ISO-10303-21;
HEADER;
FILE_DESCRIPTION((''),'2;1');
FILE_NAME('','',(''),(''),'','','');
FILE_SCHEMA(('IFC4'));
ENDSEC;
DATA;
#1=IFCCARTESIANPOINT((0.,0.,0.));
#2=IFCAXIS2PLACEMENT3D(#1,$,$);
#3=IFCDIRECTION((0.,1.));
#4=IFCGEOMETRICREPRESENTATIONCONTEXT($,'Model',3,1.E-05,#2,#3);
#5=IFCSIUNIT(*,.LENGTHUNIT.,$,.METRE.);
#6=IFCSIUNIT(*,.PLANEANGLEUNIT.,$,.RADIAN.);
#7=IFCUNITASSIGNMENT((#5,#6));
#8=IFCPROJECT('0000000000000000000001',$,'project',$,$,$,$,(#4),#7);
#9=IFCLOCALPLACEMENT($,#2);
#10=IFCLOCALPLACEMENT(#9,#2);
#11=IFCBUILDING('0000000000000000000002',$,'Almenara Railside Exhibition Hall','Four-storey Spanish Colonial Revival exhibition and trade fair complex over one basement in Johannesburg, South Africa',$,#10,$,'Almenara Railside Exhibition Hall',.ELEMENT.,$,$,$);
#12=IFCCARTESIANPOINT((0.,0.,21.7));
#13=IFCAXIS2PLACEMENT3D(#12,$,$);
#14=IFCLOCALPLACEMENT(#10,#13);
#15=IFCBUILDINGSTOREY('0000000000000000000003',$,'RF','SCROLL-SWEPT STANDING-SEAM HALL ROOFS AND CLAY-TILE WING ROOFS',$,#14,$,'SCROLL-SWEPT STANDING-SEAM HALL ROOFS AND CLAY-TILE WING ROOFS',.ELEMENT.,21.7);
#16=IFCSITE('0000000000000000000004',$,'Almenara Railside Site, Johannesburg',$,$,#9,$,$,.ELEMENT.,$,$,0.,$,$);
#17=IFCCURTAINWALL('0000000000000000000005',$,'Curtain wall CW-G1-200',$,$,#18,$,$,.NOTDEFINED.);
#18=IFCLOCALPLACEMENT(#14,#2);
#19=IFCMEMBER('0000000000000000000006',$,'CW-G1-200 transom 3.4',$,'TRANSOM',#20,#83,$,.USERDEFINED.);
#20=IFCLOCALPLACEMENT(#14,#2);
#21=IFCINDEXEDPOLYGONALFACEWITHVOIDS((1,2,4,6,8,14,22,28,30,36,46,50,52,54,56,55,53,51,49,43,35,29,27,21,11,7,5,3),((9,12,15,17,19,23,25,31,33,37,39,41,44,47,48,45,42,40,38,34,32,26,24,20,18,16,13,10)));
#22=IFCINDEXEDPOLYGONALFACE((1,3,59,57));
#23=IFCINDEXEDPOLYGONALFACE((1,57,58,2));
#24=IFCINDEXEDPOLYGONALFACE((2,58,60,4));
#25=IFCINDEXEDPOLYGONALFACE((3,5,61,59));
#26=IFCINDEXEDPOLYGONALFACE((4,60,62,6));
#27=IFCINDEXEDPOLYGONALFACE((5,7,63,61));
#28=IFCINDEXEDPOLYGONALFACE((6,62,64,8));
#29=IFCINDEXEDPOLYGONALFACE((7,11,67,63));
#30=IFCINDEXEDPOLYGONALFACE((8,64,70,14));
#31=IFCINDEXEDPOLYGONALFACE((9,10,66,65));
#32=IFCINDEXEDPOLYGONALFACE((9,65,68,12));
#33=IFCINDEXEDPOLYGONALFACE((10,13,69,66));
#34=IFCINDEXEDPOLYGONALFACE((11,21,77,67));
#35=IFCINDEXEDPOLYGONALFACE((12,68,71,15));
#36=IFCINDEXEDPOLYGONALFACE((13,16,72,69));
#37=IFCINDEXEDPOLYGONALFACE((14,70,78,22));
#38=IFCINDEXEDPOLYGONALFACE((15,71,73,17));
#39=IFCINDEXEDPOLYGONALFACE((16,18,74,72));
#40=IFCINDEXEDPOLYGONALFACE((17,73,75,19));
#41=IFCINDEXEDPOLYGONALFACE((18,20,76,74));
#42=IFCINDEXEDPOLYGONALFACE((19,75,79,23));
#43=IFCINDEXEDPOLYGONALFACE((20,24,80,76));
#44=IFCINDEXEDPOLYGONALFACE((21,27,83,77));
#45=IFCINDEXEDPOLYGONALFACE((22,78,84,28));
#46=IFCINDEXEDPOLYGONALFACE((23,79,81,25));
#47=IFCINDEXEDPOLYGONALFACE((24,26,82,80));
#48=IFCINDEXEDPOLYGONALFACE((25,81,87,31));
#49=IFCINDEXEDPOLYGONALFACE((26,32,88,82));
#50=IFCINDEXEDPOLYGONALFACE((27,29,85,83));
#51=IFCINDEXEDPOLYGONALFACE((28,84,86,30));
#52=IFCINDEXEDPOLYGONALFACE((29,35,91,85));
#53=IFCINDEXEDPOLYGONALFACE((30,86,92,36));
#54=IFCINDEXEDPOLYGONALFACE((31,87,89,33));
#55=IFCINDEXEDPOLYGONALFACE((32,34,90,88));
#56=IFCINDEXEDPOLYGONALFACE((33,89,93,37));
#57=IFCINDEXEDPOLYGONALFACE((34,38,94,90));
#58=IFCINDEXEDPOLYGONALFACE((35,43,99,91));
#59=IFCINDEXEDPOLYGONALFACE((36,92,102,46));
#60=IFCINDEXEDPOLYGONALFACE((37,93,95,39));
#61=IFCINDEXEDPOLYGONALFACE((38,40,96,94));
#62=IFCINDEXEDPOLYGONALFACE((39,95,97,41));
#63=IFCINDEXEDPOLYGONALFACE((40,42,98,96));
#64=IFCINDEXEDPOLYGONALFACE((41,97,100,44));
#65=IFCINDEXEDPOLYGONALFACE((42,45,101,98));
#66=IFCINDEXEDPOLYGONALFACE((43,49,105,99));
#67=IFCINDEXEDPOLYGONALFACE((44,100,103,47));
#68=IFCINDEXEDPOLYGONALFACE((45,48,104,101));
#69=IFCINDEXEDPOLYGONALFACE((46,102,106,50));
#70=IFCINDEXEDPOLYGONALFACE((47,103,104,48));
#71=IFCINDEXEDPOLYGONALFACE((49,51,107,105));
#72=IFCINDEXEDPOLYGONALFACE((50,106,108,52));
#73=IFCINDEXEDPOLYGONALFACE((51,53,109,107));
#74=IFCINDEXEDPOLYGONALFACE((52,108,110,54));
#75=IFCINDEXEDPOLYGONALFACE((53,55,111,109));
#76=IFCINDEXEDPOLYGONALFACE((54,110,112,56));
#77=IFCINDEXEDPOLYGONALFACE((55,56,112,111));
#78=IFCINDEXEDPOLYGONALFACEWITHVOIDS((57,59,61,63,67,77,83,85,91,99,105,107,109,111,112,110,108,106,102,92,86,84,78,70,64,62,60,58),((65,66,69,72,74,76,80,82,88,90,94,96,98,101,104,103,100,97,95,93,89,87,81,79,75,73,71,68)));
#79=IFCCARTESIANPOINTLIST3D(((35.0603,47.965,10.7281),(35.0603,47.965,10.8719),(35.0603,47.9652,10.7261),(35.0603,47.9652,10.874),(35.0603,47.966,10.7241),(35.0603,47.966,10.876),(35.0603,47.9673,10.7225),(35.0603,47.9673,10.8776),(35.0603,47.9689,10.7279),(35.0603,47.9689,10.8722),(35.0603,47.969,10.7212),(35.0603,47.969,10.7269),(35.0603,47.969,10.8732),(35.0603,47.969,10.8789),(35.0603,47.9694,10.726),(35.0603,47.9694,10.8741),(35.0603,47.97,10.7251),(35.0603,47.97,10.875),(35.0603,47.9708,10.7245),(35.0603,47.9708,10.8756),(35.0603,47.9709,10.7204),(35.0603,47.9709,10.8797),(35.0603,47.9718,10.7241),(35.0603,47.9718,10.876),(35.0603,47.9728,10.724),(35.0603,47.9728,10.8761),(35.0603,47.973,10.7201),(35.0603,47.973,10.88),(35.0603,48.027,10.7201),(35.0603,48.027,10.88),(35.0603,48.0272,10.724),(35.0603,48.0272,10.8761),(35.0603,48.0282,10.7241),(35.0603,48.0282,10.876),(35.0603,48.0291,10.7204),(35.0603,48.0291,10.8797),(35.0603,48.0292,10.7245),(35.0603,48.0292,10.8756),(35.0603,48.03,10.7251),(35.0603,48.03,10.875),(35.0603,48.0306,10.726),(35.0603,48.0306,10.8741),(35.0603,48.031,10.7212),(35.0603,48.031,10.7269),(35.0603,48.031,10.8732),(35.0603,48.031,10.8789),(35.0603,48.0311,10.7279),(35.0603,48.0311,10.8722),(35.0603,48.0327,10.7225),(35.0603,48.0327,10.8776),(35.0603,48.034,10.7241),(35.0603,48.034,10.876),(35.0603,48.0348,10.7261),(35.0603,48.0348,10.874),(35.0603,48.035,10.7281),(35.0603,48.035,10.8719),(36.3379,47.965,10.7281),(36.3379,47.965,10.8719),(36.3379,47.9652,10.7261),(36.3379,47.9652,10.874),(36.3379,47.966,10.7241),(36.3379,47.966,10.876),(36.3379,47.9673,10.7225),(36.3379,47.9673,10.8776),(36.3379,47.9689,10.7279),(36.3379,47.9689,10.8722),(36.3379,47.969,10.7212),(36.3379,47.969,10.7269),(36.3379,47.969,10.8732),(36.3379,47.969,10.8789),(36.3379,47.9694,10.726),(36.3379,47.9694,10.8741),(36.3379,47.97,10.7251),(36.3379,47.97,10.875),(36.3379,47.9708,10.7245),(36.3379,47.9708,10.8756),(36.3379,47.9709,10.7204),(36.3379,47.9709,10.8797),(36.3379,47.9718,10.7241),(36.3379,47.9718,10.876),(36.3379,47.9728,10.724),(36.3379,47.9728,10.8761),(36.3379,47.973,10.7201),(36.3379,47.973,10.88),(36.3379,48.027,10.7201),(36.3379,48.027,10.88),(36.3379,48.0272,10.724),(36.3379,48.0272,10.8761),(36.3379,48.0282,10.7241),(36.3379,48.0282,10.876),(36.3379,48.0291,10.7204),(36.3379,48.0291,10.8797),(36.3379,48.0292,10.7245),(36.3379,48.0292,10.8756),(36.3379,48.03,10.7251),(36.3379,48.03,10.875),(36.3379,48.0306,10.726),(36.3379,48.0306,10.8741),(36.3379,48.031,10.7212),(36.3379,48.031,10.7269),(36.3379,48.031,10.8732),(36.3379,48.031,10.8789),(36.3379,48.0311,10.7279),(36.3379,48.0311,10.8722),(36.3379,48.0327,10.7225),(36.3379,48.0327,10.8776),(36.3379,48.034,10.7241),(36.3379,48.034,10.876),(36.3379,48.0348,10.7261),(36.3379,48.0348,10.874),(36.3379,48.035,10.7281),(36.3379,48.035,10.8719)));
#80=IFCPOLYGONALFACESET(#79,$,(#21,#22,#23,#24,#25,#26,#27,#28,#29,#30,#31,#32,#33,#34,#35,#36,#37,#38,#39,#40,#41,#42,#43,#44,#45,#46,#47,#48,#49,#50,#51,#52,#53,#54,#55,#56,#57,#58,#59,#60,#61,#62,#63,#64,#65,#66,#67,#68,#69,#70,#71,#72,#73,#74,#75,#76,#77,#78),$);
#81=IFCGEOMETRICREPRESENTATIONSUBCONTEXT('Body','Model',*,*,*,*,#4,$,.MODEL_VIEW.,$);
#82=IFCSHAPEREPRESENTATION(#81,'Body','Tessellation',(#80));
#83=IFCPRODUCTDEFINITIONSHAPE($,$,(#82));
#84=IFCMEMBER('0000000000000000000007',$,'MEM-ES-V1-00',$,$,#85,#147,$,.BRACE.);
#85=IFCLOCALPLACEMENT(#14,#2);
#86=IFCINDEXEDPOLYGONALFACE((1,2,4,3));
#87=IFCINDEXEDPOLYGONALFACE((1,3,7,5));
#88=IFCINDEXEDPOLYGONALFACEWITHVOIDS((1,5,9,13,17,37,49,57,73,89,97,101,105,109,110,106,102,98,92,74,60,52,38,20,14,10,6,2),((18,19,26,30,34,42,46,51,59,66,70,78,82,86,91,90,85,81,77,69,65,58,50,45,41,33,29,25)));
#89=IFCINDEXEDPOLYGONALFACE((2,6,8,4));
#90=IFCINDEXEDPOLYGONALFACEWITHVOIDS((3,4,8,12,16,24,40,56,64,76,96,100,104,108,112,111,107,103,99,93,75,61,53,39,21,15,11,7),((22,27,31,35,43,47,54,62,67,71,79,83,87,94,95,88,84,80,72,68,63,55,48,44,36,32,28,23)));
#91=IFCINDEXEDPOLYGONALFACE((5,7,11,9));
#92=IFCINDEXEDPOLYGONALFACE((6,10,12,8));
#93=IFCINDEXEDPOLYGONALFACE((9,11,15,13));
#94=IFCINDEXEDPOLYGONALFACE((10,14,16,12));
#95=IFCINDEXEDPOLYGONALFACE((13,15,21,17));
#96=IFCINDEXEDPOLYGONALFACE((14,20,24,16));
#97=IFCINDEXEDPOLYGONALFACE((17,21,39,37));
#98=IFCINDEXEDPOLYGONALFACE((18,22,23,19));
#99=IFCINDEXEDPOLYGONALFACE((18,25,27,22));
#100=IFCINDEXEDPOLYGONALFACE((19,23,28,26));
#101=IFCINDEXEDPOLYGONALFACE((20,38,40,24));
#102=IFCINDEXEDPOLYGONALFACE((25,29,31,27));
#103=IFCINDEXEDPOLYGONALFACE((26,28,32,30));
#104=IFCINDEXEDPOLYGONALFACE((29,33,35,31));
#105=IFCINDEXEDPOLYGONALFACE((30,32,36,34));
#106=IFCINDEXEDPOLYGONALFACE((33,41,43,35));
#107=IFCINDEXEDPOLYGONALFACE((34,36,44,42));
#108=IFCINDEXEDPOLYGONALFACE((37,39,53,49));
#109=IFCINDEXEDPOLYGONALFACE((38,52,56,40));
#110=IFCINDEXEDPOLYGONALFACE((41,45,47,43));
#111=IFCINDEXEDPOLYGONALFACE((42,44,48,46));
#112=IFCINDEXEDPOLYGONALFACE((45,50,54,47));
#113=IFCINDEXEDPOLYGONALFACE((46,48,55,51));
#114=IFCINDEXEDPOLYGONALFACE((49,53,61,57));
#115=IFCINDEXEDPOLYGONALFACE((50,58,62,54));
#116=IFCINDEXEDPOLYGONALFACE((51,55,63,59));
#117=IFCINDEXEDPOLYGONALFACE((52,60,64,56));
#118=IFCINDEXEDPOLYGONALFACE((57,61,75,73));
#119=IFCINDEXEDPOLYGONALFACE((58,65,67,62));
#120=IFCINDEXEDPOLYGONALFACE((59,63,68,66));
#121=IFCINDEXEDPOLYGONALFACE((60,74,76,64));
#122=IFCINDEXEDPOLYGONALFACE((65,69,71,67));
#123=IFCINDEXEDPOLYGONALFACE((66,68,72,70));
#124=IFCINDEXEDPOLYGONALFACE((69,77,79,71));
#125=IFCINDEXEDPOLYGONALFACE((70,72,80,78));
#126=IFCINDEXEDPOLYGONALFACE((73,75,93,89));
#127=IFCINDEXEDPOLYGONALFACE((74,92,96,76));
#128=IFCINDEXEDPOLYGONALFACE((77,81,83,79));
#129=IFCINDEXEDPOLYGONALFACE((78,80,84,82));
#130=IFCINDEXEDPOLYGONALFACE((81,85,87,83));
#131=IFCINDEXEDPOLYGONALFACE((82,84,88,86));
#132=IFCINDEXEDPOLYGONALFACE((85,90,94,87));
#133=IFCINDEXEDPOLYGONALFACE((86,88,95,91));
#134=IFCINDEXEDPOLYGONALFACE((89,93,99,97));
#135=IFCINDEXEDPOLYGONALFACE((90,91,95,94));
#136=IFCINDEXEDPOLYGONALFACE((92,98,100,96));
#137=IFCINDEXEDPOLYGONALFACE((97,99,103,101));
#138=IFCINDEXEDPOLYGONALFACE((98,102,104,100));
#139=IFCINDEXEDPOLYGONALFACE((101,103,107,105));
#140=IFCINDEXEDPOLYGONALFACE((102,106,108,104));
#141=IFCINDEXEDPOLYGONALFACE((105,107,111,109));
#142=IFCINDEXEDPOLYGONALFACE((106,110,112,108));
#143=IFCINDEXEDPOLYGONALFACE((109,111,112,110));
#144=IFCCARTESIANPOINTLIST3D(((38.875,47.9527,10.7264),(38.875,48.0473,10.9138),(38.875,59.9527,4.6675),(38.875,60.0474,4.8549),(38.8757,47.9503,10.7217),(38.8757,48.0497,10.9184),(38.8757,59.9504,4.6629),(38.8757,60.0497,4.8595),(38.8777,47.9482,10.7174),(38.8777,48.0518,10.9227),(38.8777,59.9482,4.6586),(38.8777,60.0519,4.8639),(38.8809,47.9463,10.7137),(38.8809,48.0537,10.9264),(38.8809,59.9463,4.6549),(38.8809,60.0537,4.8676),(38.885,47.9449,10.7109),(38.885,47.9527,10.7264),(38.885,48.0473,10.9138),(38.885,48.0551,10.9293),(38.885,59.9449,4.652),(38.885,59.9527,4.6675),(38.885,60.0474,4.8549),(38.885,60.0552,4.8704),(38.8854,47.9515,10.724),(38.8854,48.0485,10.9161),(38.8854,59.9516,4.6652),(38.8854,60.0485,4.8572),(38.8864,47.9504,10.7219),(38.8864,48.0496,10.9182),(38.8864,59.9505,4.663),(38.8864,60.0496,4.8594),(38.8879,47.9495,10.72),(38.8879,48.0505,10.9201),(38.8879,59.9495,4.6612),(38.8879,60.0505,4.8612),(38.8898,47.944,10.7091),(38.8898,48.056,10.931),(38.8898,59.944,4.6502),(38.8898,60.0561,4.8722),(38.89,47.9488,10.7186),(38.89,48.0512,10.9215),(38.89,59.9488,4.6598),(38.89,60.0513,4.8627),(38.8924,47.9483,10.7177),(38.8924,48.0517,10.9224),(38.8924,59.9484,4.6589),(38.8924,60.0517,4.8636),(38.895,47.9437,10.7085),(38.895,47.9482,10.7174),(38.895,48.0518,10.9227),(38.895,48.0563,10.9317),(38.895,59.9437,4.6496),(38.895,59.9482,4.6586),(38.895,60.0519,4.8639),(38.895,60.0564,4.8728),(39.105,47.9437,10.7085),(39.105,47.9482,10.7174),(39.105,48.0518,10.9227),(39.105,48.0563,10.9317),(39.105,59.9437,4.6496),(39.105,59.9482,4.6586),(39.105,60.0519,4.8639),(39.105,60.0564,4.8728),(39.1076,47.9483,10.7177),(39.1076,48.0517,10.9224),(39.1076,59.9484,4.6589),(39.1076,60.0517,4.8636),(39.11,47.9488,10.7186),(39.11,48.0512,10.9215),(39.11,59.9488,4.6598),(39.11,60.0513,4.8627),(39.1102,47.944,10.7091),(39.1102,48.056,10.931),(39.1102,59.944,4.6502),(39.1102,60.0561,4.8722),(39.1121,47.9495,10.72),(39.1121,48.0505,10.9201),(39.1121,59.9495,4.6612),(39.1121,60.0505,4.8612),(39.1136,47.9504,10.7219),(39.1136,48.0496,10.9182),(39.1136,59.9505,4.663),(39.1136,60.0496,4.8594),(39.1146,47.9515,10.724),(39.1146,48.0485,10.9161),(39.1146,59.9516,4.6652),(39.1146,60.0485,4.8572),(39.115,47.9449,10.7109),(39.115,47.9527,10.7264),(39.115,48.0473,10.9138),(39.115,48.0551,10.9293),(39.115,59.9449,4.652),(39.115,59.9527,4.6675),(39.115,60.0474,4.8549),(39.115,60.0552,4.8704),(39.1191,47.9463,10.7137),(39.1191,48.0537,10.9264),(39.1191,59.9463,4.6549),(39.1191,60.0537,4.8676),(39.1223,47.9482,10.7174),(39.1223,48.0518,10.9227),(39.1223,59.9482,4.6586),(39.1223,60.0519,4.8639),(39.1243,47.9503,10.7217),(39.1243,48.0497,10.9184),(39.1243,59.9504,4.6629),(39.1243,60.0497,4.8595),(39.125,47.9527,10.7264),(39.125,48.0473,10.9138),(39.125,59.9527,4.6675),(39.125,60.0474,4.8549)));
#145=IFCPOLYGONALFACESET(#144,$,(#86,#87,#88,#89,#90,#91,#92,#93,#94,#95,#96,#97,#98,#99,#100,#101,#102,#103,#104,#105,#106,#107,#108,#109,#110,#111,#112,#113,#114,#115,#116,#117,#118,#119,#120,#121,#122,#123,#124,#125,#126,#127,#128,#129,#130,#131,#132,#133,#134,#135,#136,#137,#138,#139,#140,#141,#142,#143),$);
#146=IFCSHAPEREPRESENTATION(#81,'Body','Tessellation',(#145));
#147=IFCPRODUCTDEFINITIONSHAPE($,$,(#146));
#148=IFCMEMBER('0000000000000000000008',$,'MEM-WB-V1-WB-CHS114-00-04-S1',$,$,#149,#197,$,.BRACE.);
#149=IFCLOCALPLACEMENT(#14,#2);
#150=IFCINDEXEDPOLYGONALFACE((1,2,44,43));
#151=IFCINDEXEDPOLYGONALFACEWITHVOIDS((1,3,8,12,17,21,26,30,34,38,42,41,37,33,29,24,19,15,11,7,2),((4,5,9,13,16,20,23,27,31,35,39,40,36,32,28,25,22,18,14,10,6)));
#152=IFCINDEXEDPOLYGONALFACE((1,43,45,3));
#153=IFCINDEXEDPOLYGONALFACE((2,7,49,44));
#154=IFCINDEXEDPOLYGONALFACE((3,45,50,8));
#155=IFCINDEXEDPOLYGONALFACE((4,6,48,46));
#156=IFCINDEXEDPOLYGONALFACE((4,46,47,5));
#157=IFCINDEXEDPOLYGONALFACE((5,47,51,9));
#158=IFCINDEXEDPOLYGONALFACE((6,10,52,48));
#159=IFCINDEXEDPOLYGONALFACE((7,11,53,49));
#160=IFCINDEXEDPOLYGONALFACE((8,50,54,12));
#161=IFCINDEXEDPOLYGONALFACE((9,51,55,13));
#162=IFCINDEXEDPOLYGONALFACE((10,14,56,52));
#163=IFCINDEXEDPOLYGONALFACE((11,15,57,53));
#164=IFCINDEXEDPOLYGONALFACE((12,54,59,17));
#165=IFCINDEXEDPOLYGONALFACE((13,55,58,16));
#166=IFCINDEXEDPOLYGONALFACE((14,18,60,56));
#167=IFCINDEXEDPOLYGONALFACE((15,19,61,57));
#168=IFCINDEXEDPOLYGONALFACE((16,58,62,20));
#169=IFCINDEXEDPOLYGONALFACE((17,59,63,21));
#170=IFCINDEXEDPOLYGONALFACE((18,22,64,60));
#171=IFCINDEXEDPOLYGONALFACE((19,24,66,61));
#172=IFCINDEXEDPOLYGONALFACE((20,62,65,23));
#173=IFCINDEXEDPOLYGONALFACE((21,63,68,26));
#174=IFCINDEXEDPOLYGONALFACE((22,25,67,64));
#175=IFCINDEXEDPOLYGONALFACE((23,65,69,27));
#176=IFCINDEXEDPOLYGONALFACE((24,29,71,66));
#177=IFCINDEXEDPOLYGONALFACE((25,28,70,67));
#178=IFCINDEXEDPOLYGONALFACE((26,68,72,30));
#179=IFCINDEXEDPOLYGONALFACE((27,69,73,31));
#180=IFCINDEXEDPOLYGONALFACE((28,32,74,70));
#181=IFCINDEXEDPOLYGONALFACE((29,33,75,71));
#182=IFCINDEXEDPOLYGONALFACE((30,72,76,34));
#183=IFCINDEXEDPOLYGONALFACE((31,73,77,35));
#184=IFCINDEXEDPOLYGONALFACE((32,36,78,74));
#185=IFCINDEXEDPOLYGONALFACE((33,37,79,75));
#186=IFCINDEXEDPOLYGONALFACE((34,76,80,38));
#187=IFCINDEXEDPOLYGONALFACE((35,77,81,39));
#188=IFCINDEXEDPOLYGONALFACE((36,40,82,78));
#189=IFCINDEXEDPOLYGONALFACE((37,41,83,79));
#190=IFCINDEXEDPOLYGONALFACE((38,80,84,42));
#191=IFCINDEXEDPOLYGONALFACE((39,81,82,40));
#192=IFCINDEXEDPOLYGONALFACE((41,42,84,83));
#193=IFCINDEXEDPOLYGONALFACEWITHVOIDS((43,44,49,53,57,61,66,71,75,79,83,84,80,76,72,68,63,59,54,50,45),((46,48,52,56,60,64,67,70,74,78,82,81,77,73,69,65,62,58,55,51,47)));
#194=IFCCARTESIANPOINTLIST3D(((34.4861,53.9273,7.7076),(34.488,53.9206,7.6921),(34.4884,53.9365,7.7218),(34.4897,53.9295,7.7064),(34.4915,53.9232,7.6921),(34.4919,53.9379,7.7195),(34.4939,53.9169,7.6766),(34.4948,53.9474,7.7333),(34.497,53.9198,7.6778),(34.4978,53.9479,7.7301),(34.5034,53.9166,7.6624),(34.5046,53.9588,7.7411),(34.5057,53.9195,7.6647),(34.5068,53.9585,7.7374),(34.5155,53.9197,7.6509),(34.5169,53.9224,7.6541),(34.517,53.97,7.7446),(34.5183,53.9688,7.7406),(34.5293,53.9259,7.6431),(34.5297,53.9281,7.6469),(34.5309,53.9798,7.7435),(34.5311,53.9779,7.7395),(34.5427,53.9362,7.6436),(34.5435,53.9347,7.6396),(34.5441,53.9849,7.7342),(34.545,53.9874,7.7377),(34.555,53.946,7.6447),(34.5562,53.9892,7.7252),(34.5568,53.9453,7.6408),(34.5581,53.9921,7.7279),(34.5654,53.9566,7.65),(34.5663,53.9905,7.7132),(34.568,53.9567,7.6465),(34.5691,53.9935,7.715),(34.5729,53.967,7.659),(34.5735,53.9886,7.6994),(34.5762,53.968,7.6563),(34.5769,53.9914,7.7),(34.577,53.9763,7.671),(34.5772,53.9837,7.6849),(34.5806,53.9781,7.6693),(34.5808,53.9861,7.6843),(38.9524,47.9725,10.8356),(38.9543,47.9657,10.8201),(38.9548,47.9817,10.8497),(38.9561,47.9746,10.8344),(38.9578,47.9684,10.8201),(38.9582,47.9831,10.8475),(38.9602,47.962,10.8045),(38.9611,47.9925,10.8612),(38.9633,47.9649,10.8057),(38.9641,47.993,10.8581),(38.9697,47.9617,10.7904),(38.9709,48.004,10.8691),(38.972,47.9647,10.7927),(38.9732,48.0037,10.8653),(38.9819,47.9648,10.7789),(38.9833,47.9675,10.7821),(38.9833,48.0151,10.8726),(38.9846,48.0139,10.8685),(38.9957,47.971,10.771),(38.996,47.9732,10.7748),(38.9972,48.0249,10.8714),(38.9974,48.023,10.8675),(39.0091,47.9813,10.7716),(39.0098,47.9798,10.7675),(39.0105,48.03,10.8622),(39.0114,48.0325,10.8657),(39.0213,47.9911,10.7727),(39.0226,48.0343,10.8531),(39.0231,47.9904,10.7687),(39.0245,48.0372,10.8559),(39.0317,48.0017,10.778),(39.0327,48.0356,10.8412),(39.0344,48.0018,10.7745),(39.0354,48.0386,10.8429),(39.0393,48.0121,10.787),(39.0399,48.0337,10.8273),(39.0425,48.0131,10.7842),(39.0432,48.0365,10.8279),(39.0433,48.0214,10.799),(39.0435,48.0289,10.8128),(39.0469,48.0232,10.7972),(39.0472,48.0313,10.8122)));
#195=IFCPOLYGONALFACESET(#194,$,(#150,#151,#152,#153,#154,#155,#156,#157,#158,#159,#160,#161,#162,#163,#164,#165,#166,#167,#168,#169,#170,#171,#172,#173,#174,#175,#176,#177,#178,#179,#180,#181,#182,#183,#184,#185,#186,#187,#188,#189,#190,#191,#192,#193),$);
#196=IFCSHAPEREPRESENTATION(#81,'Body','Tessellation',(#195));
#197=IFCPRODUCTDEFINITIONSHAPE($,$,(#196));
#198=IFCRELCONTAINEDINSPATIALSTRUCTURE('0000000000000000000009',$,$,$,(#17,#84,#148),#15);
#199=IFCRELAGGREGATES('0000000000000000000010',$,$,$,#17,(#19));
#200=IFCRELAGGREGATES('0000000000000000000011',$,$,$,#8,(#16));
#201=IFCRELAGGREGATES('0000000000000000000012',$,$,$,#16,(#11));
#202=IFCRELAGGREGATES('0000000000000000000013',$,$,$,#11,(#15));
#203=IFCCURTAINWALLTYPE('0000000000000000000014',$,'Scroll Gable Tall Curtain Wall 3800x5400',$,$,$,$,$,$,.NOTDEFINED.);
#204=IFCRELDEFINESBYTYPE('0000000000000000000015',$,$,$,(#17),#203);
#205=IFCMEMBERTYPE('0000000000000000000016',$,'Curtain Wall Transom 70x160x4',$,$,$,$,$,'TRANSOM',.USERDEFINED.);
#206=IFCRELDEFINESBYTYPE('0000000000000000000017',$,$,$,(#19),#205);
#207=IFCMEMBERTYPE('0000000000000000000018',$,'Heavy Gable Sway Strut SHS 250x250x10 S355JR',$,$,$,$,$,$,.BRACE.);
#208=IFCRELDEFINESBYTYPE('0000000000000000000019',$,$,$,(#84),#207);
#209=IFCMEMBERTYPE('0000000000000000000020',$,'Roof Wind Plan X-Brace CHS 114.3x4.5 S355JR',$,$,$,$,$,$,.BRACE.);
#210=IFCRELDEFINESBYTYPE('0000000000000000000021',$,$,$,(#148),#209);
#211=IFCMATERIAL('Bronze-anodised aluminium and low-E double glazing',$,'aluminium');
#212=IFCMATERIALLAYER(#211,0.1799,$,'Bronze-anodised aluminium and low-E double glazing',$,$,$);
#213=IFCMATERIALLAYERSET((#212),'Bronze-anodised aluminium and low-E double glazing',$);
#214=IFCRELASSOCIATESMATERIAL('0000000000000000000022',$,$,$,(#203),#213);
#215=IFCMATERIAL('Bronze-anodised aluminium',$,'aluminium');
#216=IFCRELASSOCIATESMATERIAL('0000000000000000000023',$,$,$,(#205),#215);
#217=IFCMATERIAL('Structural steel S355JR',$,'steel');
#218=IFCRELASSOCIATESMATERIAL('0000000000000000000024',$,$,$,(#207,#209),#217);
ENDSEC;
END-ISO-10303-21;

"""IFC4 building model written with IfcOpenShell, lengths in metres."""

from ifc_helpers import new_model, si_unit, direction, frame, origin, origin_2d, place, context, subcontext, project, spatial, hollow_rectangle, hollow_circle, extrude, material, layer, layer_set, material_profile, profile_set, type_object, element, aggregate, save


model = new_model("IFC4")

# Units and contexts
model_context = context("Model", 3, precision=1e-05, world=origin(), true_north=direction((0.0, 1.0)))
body_context = subcontext(model_context, "Body", "Model", "MODEL_VIEW")
ifc_project = project(units=[si_unit("LENGTHUNIT", "METRE"), si_unit("PLANEANGLEUNIT", "RADIAN")], contexts=[model_context])

# Site, building, storey
site_placement = place(None, origin())
site = spatial("IfcSite", under=ifc_project, at=site_placement, Name="Almenara Railside Site, Johannesburg", CompositionType="ELEMENT", RefElevation=0.0)
building_placement = place(site_placement, origin())
building = spatial("IfcBuilding", under=site, at=building_placement, Name="Almenara Railside Exhibition Hall", Description="Four-storey Spanish Colonial Revival exhibition and trade fair complex over one basement in Johannesburg, South Africa", LongName="Almenara Railside Exhibition Hall", CompositionType="ELEMENT")
storey_placement = place(building_placement, frame((0.0, 0.0, 21.7)))
storey = spatial("IfcBuildingStorey", under=building, at=storey_placement, Name="RF", Description="SCROLL-SWEPT STANDING-SEAM HALL ROOFS AND CLAY-TILE WING ROOFS", LongName="SCROLL-SWEPT STANDING-SEAM HALL ROOFS AND CLAY-TILE WING ROOFS", CompositionType="ELEMENT", Elevation=21.7)

# Shared definitions
ifc_material_1 = material(Name="Structural steel S355JR", Category="steel")

# Shared definitions
ifc_material_2 = material(Name="Bronze-anodised aluminium and low-E double glazing", Category="aluminium")
ifc_layer_1 = layer(ifc_material_2, 0.1799, Name="Bronze-anodised aluminium and low-E double glazing")
ifc_layer_set_1 = layer_set([ifc_layer_1], Name="Bronze-anodised aluminium and low-E double glazing")
curtain_wall_type = type_object("IfcCurtainWallType", Name="Scroll Gable Tall Curtain Wall 3800x5400", PredefinedType="NOTDEFINED", material=ifc_layer_set_1)
ifc_material_3 = material(Name="Bronze-anodised aluminium", Category="aluminium")

# Curtain wall, member
curtain_wall_1_placement = place(storey_placement, origin())
curtain_wall_1 = element("IfcCurtainWall", 1, at=curtain_wall_1_placement, inside=storey, type_object=curtain_wall_type, Name="Curtain wall CW-G1-200", PredefinedType="NOTDEFINED")
ifc_material_profile_1 = material_profile(ifc_material_3, hollow_rectangle(XDim=0.0701, YDim=0.1599, WallThickness=0.0039, InnerFilletRadius=0.0039, OuterFilletRadius=0.0081, at=origin_2d()), Name="ALU-TRN 70x160x4")
ifc_profile_set_1 = profile_set([ifc_material_profile_1], Name="Bronze-anodised aluminium")
member_type_1 = type_object("IfcMemberType", Name="Curtain Wall Transom 70x160x4", ElementType="TRANSOM", PredefinedType="USERDEFINED", material=ifc_profile_set_1)
member_1_placement = place(storey_placement, frame((35.0603, 48.0, 10.8), z_axis=(1.0, 0.0, 0.0), x_axis=(0.0, 1.0, 0.0)))
member_1 = element("IfcMember", 2, at=member_1_placement, type_object=member_type_1, Name="CW-G1-200 transom 3.4", ObjectType="TRANSOM", PredefinedType="USERDEFINED", context=body_context, shape_type="SweptSolid", body=[
    extrude(hollow_rectangle(XDim=0.0701, YDim=0.1599, WallThickness=0.0039, InnerFilletRadius=0.0039, OuterFilletRadius=0.0081, at=origin_2d()), origin(), (0.0, 0.0, 1.0), 1.2776),
])

# Members
ifc_material_profile_2 = material_profile(ifc_material_1, hollow_rectangle(XDim=0.25, YDim=0.25, WallThickness=0.01, InnerFilletRadius=0.01, OuterFilletRadius=0.02, at=origin_2d()), Name="SHS 250x250x10")
ifc_profile_set_2 = profile_set([ifc_material_profile_2], Name="Structural steel S355JR")
member_type_2 = type_object("IfcMemberType", Name="Heavy Gable Sway Strut SHS 250x250x10 S355JR", PredefinedType="BRACE", material=ifc_profile_set_2)
member_2_placement = place(storey_placement, frame((39.0, 48.0, 10.8201), z_axis=(0.0, 0.89267, -0.450712), x_axis=(-1.0, 0.0, 0.0)))
element("IfcMember", 3, at=member_2_placement, inside=storey, type_object=member_type_2, Name="MEM-ES-V1-00", PredefinedType="BRACE", context=body_context, shape_type="SweptSolid", body=[
    extrude(hollow_rectangle(XDim=0.25, YDim=0.25, WallThickness=0.01, InnerFilletRadius=0.01, OuterFilletRadius=0.02, at=origin_2d()), origin(), (0.0, 0.0, 1.0), 13.4429),
])
ifc_material_profile_3 = material_profile(ifc_material_1, hollow_circle(Radius=0.0571, WallThickness=0.0044, at=origin_2d()), Name="CHS 114.3x4.5")
ifc_profile_set_3 = profile_set([ifc_material_profile_3], Name="Structural steel S355JR")
member_type_3 = type_object("IfcMemberType", Name="Roof Wind Plan X-Brace CHS 114.3x4.5 S355JR", PredefinedType="BRACE", material=ifc_profile_set_3)
member_3_placement = place(storey_placement, frame((39.0, 48.0, 10.8201), z_axis=(-0.553161, 0.737518, -0.3874), x_axis=(-0.799988, -0.600016, 0.0)))
element("IfcMember", 4, at=member_3_placement, inside=storey, type_object=member_type_3, Name="MEM-WB-V1-WB-CHS114-00-04-S1", PredefinedType="BRACE", context=body_context, shape_type="SweptSolid", body=[
    extrude(hollow_circle(Radius=0.0571, WallThickness=0.0044, at=origin_2d()), origin(), (0.0, 0.0, 1.0), 8.0742),
])

aggregate(curtain_wall_1, [member_1])

save(model, "model.ifc")
